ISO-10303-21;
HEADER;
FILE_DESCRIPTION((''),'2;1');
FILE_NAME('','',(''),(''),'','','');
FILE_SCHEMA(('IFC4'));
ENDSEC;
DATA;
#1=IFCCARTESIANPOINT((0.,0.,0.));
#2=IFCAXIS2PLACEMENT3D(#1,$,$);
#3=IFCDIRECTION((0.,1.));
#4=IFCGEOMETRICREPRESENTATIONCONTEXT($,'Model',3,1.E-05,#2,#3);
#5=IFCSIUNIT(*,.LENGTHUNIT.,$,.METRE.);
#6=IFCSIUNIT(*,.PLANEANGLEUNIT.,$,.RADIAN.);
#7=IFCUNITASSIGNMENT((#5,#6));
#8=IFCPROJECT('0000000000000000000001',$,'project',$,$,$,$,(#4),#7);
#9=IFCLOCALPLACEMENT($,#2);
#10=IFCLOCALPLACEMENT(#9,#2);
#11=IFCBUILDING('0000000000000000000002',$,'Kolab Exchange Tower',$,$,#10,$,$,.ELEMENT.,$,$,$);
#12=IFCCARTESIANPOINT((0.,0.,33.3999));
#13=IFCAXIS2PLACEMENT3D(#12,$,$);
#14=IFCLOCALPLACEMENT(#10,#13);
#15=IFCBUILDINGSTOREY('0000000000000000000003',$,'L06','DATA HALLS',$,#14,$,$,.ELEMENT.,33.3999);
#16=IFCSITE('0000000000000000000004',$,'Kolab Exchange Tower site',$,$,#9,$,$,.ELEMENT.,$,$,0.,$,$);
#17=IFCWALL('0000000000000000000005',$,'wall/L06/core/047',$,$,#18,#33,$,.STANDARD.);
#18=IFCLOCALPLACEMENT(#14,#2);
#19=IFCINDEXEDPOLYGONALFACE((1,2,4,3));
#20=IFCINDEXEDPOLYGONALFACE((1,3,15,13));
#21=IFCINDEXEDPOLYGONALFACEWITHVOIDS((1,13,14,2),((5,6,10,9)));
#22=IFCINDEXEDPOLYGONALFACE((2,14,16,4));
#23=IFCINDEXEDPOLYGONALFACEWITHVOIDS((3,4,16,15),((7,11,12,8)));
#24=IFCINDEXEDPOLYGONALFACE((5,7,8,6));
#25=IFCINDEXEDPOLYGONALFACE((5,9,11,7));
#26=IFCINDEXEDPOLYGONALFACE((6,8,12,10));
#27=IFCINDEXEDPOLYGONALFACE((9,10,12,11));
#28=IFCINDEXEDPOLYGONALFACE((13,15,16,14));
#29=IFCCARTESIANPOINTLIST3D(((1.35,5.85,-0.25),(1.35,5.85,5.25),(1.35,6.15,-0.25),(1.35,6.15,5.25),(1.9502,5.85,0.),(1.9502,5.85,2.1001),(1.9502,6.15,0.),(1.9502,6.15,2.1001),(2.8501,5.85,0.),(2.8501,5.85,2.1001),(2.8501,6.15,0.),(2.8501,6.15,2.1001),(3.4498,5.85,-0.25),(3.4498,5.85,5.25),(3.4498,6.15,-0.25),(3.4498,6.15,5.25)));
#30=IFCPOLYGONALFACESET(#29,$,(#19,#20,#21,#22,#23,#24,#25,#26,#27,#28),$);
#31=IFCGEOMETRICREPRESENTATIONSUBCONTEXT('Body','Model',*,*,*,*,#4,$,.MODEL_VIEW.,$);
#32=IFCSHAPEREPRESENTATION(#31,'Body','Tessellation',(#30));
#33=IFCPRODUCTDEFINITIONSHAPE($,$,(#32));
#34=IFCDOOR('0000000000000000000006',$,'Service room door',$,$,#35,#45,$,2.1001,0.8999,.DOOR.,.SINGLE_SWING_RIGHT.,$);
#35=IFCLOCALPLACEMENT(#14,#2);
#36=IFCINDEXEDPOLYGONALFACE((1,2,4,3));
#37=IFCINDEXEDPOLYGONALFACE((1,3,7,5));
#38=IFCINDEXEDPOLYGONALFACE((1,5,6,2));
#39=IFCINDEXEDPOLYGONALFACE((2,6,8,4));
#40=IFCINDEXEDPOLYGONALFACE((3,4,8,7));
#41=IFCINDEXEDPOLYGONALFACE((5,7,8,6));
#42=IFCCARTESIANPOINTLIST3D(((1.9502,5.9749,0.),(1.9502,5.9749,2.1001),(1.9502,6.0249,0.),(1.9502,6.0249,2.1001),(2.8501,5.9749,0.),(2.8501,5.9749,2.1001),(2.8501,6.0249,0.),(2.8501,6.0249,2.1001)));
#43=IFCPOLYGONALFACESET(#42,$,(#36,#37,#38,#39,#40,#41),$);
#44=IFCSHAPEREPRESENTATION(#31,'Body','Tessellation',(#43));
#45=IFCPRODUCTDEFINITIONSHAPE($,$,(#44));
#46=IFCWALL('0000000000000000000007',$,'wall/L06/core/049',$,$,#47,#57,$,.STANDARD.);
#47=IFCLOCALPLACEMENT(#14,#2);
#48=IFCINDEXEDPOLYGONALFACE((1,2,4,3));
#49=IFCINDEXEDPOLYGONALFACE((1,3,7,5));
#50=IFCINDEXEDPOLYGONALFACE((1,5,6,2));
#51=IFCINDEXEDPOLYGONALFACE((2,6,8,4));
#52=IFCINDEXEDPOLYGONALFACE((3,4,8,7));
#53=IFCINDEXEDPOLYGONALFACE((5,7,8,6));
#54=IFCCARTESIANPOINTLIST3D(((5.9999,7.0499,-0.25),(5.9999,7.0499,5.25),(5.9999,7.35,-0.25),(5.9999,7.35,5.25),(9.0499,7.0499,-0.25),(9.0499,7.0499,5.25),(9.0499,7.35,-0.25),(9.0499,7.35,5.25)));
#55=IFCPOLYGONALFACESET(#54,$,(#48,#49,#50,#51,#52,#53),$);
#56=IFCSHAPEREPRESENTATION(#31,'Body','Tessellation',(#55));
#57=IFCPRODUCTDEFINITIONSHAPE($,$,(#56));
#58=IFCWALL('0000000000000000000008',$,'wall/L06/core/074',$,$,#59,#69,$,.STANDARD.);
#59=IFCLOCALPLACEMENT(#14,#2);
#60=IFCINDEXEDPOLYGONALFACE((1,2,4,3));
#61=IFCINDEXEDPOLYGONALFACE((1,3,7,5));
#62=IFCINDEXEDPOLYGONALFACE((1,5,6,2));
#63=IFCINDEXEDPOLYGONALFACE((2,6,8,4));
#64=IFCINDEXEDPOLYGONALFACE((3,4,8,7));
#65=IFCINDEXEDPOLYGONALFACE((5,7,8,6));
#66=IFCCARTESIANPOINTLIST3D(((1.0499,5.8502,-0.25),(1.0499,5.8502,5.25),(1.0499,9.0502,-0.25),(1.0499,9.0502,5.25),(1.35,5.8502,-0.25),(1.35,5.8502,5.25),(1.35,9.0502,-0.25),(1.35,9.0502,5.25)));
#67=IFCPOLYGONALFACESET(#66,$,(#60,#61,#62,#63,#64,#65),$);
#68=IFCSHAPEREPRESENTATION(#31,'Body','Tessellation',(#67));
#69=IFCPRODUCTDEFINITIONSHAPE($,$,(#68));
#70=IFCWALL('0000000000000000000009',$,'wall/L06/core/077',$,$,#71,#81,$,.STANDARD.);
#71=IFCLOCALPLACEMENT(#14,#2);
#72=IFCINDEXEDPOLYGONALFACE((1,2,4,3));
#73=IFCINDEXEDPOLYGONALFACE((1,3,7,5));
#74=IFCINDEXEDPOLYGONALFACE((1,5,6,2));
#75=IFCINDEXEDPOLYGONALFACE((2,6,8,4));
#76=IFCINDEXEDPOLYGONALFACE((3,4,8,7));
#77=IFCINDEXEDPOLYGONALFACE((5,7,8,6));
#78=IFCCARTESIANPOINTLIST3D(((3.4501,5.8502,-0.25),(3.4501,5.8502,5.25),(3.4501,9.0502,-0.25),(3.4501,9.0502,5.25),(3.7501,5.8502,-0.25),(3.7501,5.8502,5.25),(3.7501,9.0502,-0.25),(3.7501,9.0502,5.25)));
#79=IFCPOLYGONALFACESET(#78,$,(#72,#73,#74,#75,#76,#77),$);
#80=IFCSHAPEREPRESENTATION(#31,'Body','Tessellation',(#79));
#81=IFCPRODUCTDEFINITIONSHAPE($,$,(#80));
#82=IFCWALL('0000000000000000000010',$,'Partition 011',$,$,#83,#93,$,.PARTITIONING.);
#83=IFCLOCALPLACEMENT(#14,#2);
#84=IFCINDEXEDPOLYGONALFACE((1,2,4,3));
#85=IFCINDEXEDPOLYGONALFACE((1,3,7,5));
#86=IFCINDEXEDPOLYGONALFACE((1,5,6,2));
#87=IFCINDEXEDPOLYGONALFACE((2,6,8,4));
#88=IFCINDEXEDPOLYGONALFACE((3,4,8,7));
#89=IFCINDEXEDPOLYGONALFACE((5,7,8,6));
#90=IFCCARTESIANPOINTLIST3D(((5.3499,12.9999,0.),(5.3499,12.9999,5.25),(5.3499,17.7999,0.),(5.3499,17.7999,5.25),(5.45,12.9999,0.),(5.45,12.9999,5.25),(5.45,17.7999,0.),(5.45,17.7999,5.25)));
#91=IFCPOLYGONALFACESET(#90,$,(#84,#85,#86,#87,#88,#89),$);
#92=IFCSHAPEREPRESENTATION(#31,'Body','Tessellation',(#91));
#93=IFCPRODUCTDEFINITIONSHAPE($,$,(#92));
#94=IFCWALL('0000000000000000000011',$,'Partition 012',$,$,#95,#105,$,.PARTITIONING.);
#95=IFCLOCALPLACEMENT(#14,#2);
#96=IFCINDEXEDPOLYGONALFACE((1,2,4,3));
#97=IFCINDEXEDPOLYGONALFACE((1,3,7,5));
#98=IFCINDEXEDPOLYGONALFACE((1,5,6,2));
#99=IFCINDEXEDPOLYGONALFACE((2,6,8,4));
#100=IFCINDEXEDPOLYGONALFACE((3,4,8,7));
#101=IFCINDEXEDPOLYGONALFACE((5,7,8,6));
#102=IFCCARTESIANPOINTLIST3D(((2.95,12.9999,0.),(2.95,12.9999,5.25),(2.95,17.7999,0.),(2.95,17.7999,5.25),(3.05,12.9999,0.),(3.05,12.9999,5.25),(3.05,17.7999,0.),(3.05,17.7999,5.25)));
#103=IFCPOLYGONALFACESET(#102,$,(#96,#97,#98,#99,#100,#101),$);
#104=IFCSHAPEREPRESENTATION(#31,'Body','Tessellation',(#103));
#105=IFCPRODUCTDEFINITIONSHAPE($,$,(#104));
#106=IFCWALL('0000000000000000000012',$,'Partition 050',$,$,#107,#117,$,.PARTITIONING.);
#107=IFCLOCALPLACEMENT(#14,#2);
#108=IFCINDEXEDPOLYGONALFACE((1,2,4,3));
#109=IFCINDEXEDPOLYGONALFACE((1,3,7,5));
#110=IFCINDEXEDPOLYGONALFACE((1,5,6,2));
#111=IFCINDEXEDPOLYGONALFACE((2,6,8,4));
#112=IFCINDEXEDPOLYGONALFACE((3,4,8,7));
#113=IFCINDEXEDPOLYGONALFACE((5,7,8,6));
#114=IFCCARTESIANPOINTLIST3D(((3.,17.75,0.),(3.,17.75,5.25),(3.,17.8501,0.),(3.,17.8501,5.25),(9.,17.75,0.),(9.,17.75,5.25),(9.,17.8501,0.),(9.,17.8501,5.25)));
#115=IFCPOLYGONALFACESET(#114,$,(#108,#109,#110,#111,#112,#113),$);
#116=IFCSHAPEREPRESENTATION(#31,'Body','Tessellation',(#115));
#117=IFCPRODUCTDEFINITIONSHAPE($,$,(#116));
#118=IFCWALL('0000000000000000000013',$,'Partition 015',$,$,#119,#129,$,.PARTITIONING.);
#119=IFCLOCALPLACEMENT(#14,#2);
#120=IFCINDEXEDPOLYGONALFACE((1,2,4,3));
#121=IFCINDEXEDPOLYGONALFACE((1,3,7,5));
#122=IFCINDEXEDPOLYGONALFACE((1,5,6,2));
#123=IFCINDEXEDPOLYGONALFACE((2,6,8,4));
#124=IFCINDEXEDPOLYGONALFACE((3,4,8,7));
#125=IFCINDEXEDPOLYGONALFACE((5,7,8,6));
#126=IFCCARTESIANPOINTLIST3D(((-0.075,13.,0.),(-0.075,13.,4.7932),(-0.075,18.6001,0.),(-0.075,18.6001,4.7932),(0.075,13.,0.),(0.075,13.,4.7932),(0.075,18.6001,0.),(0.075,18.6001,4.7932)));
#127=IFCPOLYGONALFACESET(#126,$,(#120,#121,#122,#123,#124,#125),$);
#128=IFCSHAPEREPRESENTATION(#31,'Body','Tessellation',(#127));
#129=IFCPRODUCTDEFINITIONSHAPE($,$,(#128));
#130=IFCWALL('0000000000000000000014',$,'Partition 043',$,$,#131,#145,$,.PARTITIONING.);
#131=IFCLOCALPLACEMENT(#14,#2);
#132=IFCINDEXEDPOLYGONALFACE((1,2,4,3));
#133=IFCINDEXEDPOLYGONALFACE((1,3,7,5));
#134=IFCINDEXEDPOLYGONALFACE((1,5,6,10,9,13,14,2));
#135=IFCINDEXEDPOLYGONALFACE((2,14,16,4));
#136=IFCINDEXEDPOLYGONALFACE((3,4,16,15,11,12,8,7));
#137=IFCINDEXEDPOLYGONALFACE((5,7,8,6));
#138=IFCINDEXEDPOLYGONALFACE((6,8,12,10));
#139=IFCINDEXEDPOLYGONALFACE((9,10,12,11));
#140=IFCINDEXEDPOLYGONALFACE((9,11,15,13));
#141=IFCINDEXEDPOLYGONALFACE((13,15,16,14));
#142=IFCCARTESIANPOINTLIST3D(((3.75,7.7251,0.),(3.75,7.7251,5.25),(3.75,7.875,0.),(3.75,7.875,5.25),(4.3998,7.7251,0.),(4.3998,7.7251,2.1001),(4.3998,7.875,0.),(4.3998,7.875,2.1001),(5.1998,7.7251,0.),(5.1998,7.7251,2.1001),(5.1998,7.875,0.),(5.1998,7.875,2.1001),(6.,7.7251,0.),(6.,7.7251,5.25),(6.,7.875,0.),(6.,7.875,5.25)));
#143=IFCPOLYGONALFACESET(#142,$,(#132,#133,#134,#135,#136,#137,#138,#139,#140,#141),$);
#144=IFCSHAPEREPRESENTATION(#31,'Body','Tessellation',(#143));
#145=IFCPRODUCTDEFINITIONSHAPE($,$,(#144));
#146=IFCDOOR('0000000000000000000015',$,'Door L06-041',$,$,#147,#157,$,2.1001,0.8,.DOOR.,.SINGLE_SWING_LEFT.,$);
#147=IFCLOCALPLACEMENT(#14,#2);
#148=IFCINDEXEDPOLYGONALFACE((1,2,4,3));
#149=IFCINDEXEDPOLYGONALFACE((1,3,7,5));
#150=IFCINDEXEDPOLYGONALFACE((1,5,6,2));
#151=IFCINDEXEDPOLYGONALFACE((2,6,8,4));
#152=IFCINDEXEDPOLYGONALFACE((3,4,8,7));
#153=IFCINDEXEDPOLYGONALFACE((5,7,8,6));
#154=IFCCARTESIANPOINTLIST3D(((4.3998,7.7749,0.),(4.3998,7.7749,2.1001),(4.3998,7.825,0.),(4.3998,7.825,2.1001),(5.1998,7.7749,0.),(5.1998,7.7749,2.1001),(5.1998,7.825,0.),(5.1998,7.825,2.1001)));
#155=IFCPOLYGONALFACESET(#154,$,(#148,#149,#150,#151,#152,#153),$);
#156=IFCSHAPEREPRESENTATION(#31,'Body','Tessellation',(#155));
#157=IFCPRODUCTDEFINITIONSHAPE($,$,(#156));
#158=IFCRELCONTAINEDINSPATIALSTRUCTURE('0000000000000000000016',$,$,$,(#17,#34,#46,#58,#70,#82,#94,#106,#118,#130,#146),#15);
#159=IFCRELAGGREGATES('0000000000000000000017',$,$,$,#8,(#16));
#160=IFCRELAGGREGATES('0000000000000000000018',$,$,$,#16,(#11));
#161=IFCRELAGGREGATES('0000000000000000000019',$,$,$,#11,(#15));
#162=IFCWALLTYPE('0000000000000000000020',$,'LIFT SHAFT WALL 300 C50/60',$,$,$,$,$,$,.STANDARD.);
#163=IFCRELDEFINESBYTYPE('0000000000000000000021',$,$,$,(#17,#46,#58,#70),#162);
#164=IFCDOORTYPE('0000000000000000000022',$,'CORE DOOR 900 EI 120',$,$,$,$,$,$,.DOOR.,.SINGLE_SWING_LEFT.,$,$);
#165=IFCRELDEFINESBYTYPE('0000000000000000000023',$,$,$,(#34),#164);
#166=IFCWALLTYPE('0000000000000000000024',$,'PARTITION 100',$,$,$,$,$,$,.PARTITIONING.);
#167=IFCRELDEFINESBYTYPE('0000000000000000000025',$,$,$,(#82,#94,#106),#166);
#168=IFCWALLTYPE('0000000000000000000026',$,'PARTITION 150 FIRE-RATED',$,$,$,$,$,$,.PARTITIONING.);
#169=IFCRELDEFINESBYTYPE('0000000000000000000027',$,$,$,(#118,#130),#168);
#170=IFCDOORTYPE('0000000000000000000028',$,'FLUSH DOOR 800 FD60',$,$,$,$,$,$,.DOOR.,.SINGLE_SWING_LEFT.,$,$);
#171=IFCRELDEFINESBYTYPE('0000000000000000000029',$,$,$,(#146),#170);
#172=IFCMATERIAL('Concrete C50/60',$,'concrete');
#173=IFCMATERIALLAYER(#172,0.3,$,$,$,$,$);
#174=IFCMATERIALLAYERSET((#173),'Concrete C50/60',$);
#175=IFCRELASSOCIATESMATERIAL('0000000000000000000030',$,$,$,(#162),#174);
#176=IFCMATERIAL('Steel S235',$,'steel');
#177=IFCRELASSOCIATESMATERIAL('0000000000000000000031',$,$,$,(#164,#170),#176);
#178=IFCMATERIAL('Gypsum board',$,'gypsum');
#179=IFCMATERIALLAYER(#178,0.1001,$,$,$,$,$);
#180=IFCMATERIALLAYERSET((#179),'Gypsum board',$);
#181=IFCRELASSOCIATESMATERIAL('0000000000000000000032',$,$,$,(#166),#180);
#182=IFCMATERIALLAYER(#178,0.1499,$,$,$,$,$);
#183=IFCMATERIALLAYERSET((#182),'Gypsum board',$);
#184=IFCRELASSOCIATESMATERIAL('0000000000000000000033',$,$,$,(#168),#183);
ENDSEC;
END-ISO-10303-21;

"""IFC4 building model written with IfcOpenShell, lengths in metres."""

from ifc_helpers import new_model, si_unit, direction, frame, frame_2d, origin, place, context, subcontext, project, spatial, rectangle, extrude, material, layer, layer_set, type_object, element, fill, save


model = new_model("IFC4")

# Units and contexts
model_context = context("Model", 3, precision=1e-05, world=origin(), true_north=direction((0.0, 1.0)))
body_context = subcontext(model_context, "Body", "Model", "MODEL_VIEW")
ifc_project = project(units=[si_unit("LENGTHUNIT", "METRE"), si_unit("PLANEANGLEUNIT", "RADIAN")], contexts=[model_context])

# Site, building, storey
site_placement = place(None, origin())
site = spatial("IfcSite", under=ifc_project, at=site_placement, Name="Kolab Exchange Tower site", CompositionType="ELEMENT", RefElevation=0.0)
building_placement = place(site_placement, origin())
building = spatial("IfcBuilding", under=site, at=building_placement, Name="Kolab Exchange Tower", CompositionType="ELEMENT")
storey_placement = place(building_placement, frame((0.0, 0.0, 33.3999)))
storey = spatial("IfcBuildingStorey", under=building, at=storey_placement, Name="L06", Description="DATA HALLS", CompositionType="ELEMENT", Elevation=33.3999)

# Shared definitions
ifc_material_1 = material(Name="Concrete C50/60", Category="concrete")

# Shared definitions
ifc_layer_1 = layer(ifc_material_1, 0.3)
ifc_layer_set_1 = layer_set([ifc_layer_1], Name="Concrete C50/60")
wall_type_1 = type_object("IfcWallType", Name="LIFT SHAFT WALL 300 C50/60", PredefinedType="STANDARD", material=ifc_layer_set_1)

# Shared definitions
ifc_material_2 = material(Name="Steel S235", Category="steel")
door_type_1 = type_object("IfcDoorType", Name="CORE DOOR 900 EI 120", OperationType="SINGLE_SWING_LEFT", PredefinedType="DOOR", material=ifc_material_2)

# Wall, opening, door
wall_1_placement = place(storey_placement, frame((1.3501, 6.0, -0.25), z_axis=(0.0, 0.0, 1.0), x_axis=(1.0, 0.0, 0.0)))
wall_1 = element("IfcWall", 1, at=wall_1_placement, inside=storey, type_object=wall_type_1, Name="wall/L06/core/047", PredefinedType="STANDARD", context=body_context, shape_type="SweptSolid", body=[
    extrude(rectangle(XDim=2.0999, YDim=0.3, at=frame_2d((1.0498, 0.0))), origin(), (0.0, 0.0, 1.0), 5.5),
])
opening_1_placement = place(wall_1_placement, frame((0.6001, 0.0, 0.25)))
opening_1 = element("IfcOpeningElement", 2, at=opening_1_placement, cuts=wall_1, PredefinedType="OPENING", context=body_context, shape_type="SweptSolid", body=[
    extrude(rectangle(XDim=0.8999, YDim=2.1001, at=frame_2d((0.45, 1.05))), frame((0.0, 0.1602, 0.0), z_axis=(0.0, -1.0, 0.0), x_axis=(1.0, 0.0, 0.0)), (0.0, 0.0, 1.0), 0.3201),
])
door_1_placement = place(opening_1_placement, origin())
door_1 = element("IfcDoor", 3, at=door_1_placement, inside=storey, type_object=door_type_1, Name="Service room door", OperationType="SINGLE_SWING_RIGHT", OverallHeight=2.1001, OverallWidth=0.8999, PredefinedType="DOOR", context=body_context, shape_type="SweptSolid", body=[
    extrude(rectangle(XDim=0.8999, YDim=2.1001, at=frame_2d((0.45, 1.05))), frame((0.0, 0.0249, 0.0), z_axis=(0.0, -1.0, 0.0), x_axis=(1.0, 0.0, 0.0)), (0.0, 0.0, 1.0), 0.05),
])
fill(opening_1, door_1)

# Walls
wall_2_placement = place(storey_placement, frame((6.0, 7.2, -0.25), z_axis=(0.0, 0.0, 1.0), x_axis=(1.0, 0.0, 0.0)))
element("IfcWall", 4, at=wall_2_placement, inside=storey, type_object=wall_type_1, Name="wall/L06/core/049", PredefinedType="STANDARD", context=body_context, shape_type="SweptSolid", body=[
    extrude(rectangle(XDim=3.05, YDim=0.3, at=frame_2d((1.5249, 0.0))), origin(), (0.0, 0.0, 1.0), 5.5),
])
for number, where, z_axis, x_axis, name in (
    (5, (1.2, 5.8501, -0.25), (0.0, 0.0, 1.0), (0.0, 1.0, 0.0), "wall/L06/core/074"),
    (6, (3.6001, 5.8501, -0.25), (0.0, 0.0, 1.0), (0.0, 1.0, 0.0), "wall/L06/core/077"),
):
    element("IfcWall", number, at=place(storey_placement, frame(where, z_axis=z_axis, x_axis=x_axis)), inside=storey, type_object=wall_type_1, Name=name, PredefinedType="STANDARD", context=body_context, shape_type="SweptSolid", body=[
        extrude(rectangle(XDim=3.2, YDim=0.3, at=frame_2d((1.6001, 0.0))), origin(), (0.0, 0.0, 1.0), 5.5),
    ])
ifc_material_3 = material(Name="Gypsum board", Category="gypsum")
ifc_layer_2 = layer(ifc_material_3, 0.1001)
ifc_layer_set_2 = layer_set([ifc_layer_2], Name="Gypsum board")
wall_type_2 = type_object("IfcWallType", Name="PARTITION 100", PredefinedType="PARTITIONING", material=ifc_layer_set_2)
for number, where, z_axis, x_axis, name in (
    (7, (5.3999, 13.0, 0.0), (0.0, 0.0, 1.0), (0.0, 1.0, 0.0), "Partition 011"),
    (8, (3.0, 13.0, 0.0), (0.0, 0.0, 1.0), (0.0, 1.0, 0.0), "Partition 012"),
):
    element("IfcWall", number, at=place(storey_placement, frame(where, z_axis=z_axis, x_axis=x_axis)), inside=storey, type_object=wall_type_2, Name=name, PredefinedType="PARTITIONING", context=body_context, shape_type="SweptSolid", body=[
        extrude(rectangle(XDim=4.8, YDim=0.1001, at=frame_2d((2.3999, 0.0))), origin(), (0.0, 0.0, 1.0), 5.25),
    ])
wall_3_placement = place(storey_placement, frame((3.0, 17.8, 0.0), z_axis=(0.0, 0.0, 1.0), x_axis=(1.0, 0.0, 0.0)))
element("IfcWall", 9, at=wall_3_placement, inside=storey, type_object=wall_type_2, Name="Partition 050", PredefinedType="PARTITIONING", context=body_context, shape_type="SweptSolid", body=[
    extrude(rectangle(XDim=6.0, YDim=0.1001, at=frame_2d((3.0, 0.0))), origin(), (0.0, 0.0, 1.0), 5.25),
])
ifc_layer_3 = layer(ifc_material_3, 0.1499)
ifc_layer_set_3 = layer_set([ifc_layer_3], Name="Gypsum board")
wall_type_3 = type_object("IfcWallType", Name="PARTITION 150 FIRE-RATED", PredefinedType="PARTITIONING", material=ifc_layer_set_3)
wall_4_placement = place(storey_placement, frame((0.0, 13.0, 0.0), z_axis=(0.0, 0.0, 1.0), x_axis=(0.0, 1.0, 0.0)))
element("IfcWall", 10, at=wall_4_placement, inside=storey, type_object=wall_type_3, Name="Partition 015", PredefinedType="PARTITIONING", context=body_context, shape_type="SweptSolid", body=[
    extrude(rectangle(XDim=5.6001, YDim=0.1499, at=frame_2d((2.8, 0.0))), origin(), (0.0, 0.0, 1.0), 4.7932),
])

# Wall, opening, door
wall_5_placement = place(storey_placement, frame((3.75, 7.8, 0.0), z_axis=(0.0, 0.0, 1.0), x_axis=(1.0, 0.0, 0.0)))
wall_5 = element("IfcWall", 11, at=wall_5_placement, inside=storey, type_object=wall_type_3, Name="Partition 043", PredefinedType="PARTITIONING", context=body_context, shape_type="SweptSolid", body=[
    extrude(rectangle(XDim=2.25, YDim=0.1499, at=frame_2d((1.125, 0.0))), origin(), (0.0, 0.0, 1.0), 5.25),
])
opening_2_placement = place(wall_5_placement, frame((0.6499, 0.0, 0.0)))
opening_2 = element("IfcOpeningElement", 12, at=opening_2_placement, cuts=wall_5, PredefinedType="OPENING", context=body_context, shape_type="SweptSolid", body=[
    extrude(rectangle(XDim=0.8, YDim=2.1001, at=frame_2d((0.3999, 1.05))), frame((0.0, 0.085, 0.0), z_axis=(0.0, -1.0, 0.0), x_axis=(1.0, 0.0, 0.0)), (0.0, 0.0, 1.0), 0.1699),
])
door_type_2 = type_object("IfcDoorType", Name="FLUSH DOOR 800 FD60", OperationType="SINGLE_SWING_LEFT", PredefinedType="DOOR", material=ifc_material_2)
door_2_placement = place(opening_2_placement, origin())
door_2 = element("IfcDoor", 13, at=door_2_placement, inside=storey, type_object=door_type_2, Name="Door L06-041", OperationType="SINGLE_SWING_LEFT", OverallHeight=2.1001, OverallWidth=0.8, PredefinedType="DOOR", context=body_context, shape_type="SweptSolid", body=[
    extrude(rectangle(XDim=0.8, YDim=2.1001, at=frame_2d((0.3999, 1.05))), frame((0.0, 0.0249, 0.0), z_axis=(0.0, -1.0, 0.0), x_axis=(1.0, 0.0, 0.0)), (0.0, 0.0, 1.0), 0.05),
])
fill(opening_2, door_2)

save(model, "model.ifc")
